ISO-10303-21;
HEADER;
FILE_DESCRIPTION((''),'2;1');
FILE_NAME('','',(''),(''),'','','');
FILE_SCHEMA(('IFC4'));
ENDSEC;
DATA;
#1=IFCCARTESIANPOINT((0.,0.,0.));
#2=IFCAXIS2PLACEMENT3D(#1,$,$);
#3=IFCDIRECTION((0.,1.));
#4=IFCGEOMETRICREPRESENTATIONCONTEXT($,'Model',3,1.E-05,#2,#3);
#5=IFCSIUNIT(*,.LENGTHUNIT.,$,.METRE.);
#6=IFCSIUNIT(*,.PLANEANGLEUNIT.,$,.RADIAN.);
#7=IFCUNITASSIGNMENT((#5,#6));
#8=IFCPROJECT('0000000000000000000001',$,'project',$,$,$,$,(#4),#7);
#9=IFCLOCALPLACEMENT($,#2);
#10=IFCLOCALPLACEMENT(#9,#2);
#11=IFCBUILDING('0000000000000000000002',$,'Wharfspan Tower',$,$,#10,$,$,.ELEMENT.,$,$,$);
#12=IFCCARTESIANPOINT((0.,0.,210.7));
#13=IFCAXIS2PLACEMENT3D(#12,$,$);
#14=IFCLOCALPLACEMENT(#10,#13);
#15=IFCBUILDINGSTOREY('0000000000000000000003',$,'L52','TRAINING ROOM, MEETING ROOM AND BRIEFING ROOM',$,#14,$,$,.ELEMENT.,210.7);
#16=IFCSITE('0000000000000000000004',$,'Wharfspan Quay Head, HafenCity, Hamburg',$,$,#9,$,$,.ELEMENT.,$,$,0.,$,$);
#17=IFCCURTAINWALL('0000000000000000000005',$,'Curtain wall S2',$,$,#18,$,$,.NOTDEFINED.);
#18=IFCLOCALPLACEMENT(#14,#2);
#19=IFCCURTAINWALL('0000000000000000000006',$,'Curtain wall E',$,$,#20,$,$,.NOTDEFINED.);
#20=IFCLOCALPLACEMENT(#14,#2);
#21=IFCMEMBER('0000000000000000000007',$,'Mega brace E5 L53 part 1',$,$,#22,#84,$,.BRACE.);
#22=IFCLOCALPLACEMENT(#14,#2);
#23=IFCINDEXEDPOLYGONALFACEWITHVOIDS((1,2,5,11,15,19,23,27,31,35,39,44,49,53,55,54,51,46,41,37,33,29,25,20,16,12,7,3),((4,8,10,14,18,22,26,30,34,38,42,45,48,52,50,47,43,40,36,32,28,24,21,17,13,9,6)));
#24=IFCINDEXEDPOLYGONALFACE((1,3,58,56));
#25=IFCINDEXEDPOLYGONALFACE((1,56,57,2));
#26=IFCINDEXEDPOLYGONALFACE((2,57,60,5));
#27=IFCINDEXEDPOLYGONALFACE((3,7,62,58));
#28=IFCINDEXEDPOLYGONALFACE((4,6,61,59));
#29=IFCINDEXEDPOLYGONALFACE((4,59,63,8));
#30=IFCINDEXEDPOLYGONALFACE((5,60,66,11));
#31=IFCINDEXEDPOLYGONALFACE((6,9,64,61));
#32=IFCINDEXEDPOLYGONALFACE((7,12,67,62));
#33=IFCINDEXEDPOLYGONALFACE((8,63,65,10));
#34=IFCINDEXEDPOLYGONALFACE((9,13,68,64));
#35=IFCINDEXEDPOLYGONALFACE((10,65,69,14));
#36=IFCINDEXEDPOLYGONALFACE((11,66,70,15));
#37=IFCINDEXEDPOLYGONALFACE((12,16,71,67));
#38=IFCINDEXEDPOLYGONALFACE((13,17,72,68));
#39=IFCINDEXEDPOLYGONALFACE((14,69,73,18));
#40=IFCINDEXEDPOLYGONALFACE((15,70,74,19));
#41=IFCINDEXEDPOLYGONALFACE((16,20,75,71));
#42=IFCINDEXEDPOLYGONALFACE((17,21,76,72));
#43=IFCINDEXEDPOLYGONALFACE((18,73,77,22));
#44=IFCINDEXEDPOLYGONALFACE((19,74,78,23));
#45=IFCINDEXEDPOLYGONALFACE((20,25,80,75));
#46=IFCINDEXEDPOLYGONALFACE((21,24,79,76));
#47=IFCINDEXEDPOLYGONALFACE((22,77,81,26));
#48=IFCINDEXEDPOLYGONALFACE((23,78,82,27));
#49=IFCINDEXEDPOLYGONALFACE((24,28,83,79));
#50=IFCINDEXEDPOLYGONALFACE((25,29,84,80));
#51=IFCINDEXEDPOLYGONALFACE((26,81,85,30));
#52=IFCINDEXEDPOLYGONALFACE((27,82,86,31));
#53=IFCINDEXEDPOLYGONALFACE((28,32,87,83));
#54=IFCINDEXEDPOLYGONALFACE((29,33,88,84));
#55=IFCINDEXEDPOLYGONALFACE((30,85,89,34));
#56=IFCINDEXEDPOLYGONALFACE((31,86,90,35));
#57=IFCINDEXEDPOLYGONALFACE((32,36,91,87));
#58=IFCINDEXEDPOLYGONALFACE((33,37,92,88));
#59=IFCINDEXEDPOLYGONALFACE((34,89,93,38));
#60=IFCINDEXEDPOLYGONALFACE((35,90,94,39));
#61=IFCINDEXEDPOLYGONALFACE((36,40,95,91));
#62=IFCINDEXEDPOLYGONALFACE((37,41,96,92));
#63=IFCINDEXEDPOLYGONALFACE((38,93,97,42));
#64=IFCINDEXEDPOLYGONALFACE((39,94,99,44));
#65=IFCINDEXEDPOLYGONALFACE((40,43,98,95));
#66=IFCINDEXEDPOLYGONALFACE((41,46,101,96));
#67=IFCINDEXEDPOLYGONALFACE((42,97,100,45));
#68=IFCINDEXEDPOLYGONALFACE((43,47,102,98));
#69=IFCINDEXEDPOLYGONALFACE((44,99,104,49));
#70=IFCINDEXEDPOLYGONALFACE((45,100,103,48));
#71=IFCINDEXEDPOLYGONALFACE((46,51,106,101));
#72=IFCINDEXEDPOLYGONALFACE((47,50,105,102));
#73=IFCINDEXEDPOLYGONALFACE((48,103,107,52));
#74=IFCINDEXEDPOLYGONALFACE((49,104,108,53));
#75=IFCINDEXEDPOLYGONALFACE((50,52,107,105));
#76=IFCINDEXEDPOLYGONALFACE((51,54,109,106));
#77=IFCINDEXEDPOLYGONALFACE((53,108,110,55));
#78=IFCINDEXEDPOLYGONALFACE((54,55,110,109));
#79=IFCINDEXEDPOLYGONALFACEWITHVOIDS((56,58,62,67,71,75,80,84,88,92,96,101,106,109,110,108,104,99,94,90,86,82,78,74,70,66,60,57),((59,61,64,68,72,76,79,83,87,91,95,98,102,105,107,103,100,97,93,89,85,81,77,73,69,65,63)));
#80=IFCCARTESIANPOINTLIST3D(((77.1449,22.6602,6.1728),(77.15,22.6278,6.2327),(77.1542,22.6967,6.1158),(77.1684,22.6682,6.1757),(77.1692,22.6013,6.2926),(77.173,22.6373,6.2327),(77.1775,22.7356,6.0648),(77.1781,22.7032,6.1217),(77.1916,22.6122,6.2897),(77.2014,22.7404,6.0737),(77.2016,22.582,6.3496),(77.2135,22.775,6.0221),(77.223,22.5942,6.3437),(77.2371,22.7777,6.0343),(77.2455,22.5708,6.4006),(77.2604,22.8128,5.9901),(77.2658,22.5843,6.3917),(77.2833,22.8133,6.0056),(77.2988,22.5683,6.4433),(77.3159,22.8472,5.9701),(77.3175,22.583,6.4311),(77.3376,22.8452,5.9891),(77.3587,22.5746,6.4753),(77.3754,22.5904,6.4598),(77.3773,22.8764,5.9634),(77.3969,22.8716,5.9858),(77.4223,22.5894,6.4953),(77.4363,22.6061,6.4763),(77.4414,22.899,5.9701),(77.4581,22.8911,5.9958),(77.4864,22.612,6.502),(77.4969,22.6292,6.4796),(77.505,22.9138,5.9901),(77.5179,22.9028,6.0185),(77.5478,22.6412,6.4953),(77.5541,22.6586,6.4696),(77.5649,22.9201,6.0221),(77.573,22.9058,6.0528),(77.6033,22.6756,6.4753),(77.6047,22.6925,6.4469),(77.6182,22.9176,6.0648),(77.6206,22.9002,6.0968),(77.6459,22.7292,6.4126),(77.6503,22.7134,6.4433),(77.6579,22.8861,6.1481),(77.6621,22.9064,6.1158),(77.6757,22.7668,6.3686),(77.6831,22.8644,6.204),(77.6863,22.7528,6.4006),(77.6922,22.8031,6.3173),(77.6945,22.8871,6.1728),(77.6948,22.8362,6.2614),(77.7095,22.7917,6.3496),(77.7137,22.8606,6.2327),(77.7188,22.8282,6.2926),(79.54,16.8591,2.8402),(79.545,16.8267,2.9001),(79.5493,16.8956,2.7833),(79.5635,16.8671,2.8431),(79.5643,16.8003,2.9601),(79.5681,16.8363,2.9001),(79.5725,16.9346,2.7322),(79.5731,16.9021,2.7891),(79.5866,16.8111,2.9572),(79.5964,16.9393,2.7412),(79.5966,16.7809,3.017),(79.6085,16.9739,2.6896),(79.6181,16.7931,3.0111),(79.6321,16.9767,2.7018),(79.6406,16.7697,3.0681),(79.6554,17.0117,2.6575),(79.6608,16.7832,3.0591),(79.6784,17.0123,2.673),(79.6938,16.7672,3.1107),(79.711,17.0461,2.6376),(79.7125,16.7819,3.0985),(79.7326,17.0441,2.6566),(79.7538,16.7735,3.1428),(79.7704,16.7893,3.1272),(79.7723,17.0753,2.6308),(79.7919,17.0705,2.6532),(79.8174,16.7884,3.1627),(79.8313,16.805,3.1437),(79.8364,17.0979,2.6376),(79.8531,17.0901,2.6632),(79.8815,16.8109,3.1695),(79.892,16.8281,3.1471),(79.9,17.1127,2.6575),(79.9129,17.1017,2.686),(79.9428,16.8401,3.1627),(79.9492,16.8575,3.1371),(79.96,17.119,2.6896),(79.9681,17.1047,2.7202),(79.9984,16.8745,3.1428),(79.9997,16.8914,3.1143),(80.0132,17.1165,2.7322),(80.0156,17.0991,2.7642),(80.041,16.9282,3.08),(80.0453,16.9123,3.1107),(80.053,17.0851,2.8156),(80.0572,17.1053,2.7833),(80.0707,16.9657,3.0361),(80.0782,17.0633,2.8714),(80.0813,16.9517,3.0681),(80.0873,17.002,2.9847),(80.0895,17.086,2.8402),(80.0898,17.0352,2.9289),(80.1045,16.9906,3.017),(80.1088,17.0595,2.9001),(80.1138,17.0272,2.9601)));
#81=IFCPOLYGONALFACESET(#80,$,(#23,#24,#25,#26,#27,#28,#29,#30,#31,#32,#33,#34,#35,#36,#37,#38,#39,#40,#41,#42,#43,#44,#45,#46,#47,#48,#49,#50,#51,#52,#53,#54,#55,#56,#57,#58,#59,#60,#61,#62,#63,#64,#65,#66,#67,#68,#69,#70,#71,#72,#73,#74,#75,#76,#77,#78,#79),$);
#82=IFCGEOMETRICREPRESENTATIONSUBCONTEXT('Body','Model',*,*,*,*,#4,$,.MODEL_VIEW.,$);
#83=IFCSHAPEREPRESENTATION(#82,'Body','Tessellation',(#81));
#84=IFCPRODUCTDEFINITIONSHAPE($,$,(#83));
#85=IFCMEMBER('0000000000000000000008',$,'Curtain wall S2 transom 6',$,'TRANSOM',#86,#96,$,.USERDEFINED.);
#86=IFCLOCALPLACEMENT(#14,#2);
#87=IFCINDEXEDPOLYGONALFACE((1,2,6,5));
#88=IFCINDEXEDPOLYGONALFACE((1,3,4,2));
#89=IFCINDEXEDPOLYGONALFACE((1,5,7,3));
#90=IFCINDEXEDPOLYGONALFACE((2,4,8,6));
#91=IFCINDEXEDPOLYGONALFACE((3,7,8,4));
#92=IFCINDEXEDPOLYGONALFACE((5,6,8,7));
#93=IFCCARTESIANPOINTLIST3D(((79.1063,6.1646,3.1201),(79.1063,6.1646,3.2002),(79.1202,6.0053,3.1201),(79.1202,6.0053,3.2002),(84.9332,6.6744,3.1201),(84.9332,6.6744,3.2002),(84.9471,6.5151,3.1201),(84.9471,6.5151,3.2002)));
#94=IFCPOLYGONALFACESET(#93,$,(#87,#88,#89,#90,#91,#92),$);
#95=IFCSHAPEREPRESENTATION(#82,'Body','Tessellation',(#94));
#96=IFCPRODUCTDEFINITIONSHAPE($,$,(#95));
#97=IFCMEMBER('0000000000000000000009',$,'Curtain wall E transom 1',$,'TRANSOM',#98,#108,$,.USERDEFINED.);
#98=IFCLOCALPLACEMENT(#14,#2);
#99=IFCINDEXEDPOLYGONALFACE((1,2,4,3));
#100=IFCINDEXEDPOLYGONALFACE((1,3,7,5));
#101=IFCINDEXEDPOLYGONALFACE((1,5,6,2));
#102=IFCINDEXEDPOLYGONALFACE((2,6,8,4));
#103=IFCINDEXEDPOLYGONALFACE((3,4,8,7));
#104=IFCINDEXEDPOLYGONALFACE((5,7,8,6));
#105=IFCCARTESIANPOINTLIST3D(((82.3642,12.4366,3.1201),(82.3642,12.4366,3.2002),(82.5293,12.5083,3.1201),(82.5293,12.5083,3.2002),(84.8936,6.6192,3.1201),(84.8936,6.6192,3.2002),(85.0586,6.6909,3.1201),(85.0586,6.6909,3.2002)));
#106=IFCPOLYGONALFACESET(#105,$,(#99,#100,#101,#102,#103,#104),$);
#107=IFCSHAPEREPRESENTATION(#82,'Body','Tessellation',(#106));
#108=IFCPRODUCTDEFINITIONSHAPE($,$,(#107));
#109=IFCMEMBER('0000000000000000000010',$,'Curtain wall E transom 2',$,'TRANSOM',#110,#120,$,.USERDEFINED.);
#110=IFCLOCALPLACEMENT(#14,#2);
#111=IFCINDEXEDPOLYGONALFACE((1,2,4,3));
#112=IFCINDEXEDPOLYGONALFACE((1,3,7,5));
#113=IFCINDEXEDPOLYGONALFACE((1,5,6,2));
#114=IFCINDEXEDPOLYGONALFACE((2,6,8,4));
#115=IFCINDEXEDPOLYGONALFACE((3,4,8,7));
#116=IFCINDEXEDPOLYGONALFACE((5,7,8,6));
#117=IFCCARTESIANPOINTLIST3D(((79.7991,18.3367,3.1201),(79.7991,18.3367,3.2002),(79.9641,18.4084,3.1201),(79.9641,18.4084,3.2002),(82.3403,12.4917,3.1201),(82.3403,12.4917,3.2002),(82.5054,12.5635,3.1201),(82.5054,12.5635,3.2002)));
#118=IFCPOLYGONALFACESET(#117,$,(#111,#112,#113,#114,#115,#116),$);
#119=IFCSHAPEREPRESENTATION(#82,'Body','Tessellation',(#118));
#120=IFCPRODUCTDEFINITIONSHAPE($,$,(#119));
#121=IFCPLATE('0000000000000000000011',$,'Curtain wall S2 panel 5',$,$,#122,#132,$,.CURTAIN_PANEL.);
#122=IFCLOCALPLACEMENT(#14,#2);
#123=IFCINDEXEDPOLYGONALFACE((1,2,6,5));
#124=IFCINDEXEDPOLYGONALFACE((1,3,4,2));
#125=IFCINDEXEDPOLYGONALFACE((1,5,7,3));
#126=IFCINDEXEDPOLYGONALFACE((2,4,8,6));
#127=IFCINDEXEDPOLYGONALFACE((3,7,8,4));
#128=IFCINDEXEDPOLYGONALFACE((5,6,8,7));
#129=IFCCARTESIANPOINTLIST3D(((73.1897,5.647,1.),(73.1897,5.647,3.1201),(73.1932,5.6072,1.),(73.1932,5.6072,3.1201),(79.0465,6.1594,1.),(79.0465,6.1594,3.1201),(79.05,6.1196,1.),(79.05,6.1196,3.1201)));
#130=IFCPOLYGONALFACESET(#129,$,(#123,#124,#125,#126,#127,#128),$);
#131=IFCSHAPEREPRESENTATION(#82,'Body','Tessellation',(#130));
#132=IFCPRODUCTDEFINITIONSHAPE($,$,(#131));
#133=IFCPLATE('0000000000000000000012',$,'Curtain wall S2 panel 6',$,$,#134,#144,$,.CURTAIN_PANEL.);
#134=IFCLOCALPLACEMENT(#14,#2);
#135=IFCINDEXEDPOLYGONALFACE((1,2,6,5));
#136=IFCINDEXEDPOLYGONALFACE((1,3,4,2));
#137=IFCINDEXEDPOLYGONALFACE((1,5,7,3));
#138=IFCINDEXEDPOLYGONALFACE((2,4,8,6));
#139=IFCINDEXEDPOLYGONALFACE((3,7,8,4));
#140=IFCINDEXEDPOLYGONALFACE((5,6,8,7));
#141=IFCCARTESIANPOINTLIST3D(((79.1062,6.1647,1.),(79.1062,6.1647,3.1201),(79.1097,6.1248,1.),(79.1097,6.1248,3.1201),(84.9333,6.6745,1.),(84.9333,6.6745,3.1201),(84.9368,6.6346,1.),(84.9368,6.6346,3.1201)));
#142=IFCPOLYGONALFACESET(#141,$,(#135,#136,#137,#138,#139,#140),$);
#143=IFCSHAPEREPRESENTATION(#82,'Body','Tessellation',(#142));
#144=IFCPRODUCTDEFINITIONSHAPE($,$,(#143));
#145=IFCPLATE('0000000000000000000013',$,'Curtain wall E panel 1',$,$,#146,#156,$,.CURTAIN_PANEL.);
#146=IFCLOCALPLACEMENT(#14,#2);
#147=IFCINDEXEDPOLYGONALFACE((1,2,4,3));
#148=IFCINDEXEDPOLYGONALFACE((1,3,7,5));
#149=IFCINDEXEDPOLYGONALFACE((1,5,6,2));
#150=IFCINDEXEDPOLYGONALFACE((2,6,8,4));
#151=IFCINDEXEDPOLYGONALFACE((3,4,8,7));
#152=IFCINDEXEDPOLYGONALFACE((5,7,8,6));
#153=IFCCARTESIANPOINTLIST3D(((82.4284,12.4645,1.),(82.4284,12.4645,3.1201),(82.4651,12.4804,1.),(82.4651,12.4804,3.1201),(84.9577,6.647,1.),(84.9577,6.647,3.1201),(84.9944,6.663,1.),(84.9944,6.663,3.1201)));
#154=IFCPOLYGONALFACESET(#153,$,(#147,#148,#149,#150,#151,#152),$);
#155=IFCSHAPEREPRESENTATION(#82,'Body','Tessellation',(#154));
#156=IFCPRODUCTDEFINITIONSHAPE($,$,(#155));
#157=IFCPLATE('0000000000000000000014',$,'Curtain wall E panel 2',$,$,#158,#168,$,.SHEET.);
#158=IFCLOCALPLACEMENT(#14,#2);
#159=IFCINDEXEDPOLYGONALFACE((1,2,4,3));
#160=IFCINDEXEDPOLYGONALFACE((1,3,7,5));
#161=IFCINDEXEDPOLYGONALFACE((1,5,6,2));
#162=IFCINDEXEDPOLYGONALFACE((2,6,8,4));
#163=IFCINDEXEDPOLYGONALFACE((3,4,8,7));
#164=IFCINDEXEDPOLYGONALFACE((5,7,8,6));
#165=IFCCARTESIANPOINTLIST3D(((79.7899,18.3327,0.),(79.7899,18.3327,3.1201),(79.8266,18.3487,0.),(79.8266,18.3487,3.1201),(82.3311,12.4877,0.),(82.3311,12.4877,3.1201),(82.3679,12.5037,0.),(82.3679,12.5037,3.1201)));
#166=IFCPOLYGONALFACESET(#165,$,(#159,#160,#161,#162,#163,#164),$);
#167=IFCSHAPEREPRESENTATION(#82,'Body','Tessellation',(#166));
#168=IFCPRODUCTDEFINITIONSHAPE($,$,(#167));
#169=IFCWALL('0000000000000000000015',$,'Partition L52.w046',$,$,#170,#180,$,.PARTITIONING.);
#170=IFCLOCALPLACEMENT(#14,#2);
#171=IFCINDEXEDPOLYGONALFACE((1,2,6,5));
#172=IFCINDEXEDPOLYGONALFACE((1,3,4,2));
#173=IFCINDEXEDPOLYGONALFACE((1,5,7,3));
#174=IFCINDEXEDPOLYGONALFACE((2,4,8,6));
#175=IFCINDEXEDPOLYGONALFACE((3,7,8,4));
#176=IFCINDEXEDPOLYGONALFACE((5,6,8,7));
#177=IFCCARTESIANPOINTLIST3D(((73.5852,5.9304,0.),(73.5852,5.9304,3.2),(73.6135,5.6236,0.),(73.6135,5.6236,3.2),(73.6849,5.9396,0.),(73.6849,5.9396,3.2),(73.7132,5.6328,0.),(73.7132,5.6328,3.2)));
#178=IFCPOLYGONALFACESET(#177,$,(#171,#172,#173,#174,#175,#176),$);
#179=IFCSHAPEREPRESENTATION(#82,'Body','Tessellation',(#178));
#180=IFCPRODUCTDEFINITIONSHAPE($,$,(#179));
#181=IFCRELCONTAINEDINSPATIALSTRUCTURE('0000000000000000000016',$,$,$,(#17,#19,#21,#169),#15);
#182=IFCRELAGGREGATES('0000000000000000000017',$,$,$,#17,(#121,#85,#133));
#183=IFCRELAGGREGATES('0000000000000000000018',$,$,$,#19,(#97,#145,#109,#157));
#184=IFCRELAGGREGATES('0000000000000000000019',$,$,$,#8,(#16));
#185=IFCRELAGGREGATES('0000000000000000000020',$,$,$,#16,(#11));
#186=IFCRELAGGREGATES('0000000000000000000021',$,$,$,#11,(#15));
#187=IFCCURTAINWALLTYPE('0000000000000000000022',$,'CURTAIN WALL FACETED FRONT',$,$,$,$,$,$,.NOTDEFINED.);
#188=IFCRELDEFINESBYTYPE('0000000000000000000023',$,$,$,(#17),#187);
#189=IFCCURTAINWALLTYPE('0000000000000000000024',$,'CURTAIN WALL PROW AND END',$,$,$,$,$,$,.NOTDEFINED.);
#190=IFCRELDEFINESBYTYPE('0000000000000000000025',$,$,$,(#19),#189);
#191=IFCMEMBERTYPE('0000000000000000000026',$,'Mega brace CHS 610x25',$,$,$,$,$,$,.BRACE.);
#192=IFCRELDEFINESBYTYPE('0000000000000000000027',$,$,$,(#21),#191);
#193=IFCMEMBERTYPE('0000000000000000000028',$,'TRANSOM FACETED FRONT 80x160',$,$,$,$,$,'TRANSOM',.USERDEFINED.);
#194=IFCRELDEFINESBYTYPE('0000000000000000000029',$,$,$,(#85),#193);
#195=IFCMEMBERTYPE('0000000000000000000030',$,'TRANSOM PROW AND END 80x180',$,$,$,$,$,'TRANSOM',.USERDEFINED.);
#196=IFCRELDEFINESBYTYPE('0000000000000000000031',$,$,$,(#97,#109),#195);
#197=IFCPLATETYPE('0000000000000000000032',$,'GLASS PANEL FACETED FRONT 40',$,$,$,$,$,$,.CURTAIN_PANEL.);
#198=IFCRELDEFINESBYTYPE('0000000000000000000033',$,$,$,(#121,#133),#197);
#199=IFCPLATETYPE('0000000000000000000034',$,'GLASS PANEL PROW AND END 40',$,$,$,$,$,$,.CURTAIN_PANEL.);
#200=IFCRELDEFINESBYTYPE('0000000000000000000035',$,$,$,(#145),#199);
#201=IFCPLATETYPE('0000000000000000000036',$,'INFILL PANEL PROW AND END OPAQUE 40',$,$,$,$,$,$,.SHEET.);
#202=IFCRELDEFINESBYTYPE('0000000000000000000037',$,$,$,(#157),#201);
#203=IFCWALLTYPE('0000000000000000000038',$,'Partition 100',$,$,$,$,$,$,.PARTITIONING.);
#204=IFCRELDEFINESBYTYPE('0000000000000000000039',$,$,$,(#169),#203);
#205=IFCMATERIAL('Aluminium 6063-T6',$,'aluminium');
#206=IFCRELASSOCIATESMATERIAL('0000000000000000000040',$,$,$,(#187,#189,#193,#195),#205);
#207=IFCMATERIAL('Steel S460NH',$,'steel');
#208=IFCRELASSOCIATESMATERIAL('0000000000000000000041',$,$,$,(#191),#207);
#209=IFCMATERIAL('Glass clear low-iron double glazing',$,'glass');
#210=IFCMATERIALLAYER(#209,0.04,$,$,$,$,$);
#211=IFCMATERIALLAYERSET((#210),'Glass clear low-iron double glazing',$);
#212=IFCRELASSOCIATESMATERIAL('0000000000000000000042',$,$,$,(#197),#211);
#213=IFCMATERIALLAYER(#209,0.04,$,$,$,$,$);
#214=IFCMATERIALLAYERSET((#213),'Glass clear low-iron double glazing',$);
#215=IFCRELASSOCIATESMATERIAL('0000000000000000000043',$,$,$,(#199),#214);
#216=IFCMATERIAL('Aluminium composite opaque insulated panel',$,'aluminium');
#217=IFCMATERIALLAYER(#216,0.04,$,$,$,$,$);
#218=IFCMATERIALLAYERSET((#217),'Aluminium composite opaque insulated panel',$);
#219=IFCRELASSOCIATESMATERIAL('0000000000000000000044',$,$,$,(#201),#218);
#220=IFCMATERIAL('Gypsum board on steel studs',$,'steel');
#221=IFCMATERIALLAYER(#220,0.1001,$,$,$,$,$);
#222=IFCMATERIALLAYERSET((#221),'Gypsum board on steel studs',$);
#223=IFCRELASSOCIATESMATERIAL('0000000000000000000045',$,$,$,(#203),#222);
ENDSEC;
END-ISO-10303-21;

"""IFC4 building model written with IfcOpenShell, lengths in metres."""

from ifc_helpers import new_model, si_unit, direction, frame, frame_2d, origin, origin_2d, place, context, subcontext, project, spatial, rectangle, hollow_circle, extrude, material, layer, layer_set, material_profile, profile_set, type_object, element, aggregate, save


model = new_model("IFC4")

# Units and contexts
model_context = context("Model", 3, precision=1e-05, world=origin(), true_north=direction((0.0, 1.0)))
body_context = subcontext(model_context, "Body", "Model", "MODEL_VIEW")
ifc_project = project(units=[si_unit("LENGTHUNIT", "METRE"), si_unit("PLANEANGLEUNIT", "RADIAN")], contexts=[model_context])

# Site, building, storey
site_placement = place(None, origin())
site = spatial("IfcSite", under=ifc_project, at=site_placement, Name="Wharfspan Quay Head, HafenCity, Hamburg", CompositionType="ELEMENT", RefElevation=0.0)
building_placement = place(site_placement, origin())
building = spatial("IfcBuilding", under=site, at=building_placement, Name="Wharfspan Tower", CompositionType="ELEMENT")
storey_placement = place(building_placement, frame((0.0, 0.0, 210.7)))
storey = spatial("IfcBuildingStorey", under=building, at=storey_placement, Name="L52", Description="TRAINING ROOM, MEETING ROOM AND BRIEFING ROOM", CompositionType="ELEMENT", Elevation=210.7)

# Curtain walls
ifc_material_1 = material(Name="Aluminium 6063-T6", Category="aluminium")
curtain_wall_type_1 = type_object("IfcCurtainWallType", Name="CURTAIN WALL FACETED FRONT", PredefinedType="NOTDEFINED", material=ifc_material_1)
curtain_wall_1_placement = place(storey_placement, origin())
curtain_wall_1 = element("IfcCurtainWall", 1, at=curtain_wall_1_placement, inside=storey, type_object=curtain_wall_type_1, Name="Curtain wall S2", PredefinedType="NOTDEFINED")
curtain_wall_type_2 = type_object("IfcCurtainWallType", Name="CURTAIN WALL PROW AND END", PredefinedType="NOTDEFINED", material=ifc_material_1)
curtain_wall_2_placement = place(storey_placement, origin())
curtain_wall_2 = element("IfcCurtainWall", 2, at=curtain_wall_2_placement, inside=storey, type_object=curtain_wall_type_2, Name="Curtain wall E", PredefinedType="NOTDEFINED")

# Members
ifc_material_2 = material(Name="Steel S460NH", Category="steel")
ifc_material_profile_1 = material_profile(ifc_material_2, hollow_circle(Radius=0.3049, WallThickness=0.0249, at=origin_2d()))
ifc_profile_set_1 = profile_set([ifc_material_profile_1], Name="Steel S460NH")
member_type_1 = type_object("IfcMemberType", Name="Mega brace CHS 610x25", PredefinedType="BRACE", material=ifc_profile_set_1)
member_1_placement = place(storey_placement, frame((79.8269, 16.9431, 2.9001), z_axis=(-0.337047, 0.816368, 0.46898), x_axis=(-0.924317, -0.381615, 0.0)))
element("IfcMember", 3, at=member_1_placement, inside=storey, type_object=member_type_1, Name="Mega brace E5 L53 part 1", PredefinedType="BRACE", context=body_context, shape_type="SweptSolid", body=[
    extrude(hollow_circle(Radius=0.3049, WallThickness=0.0249, at=origin_2d()), origin(), (0.0, 0.0, 1.0), 7.106),
])
ifc_material_profile_2 = material_profile(ifc_material_1, rectangle(XDim=0.1599, YDim=0.0801, at=origin_2d()))
ifc_profile_set_2 = profile_set([ifc_material_profile_2], Name="Aluminium 6063-T6")
member_type_2 = type_object("IfcMemberType", Name="TRANSOM FACETED FRONT 80x160", ElementType="TRANSOM", PredefinedType="USERDEFINED", material=ifc_profile_set_2)
member_2_placement = place(storey_placement, frame((79.1133, 6.085, 3.1602), z_axis=(0.996195, 0.087152, 0.0), x_axis=(-0.087152, 0.996195, 0.0)))
member_2 = element("IfcMember", 4, at=member_2_placement, type_object=member_type_2, Name="Curtain wall S2 transom 6", ObjectType="TRANSOM", PredefinedType="USERDEFINED", context=body_context, shape_type="SweptSolid", body=[
    extrude(rectangle(XDim=0.1599, YDim=0.0801, at=origin_2d()), origin(), (0.0, 0.0, 1.0), 5.8491),
])
ifc_material_profile_3 = material_profile(ifc_material_1, rectangle(XDim=0.1799, YDim=0.0801, at=origin_2d()))
ifc_profile_set_3 = profile_set([ifc_material_profile_3], Name="Aluminium 6063-T6")
member_type_3 = type_object("IfcMemberType", Name="TRANSOM PROW AND END 80x180", ElementType="TRANSOM", PredefinedType="USERDEFINED", material=ifc_profile_set_3)
member_3_placement = place(storey_placement, frame((84.9761, 6.655, 3.1602), z_axis=(-0.398726, 0.91707, 0.0), x_axis=(-0.91707, -0.398726, 0.0)))
member_3 = element("IfcMember", 5, at=member_3_placement, type_object=member_type_3, Name="Curtain wall E transom 1", ObjectType="TRANSOM", PredefinedType="USERDEFINED", context=body_context, shape_type="SweptSolid", body=[
    extrude(rectangle(XDim=0.1799, YDim=0.0801, at=origin_2d()), origin(), (0.0, 0.0, 1.0), 6.3435),
])
member_4_placement = place(storey_placement, frame((82.4229, 12.5276, 3.1602), z_axis=(-0.398722, 0.917072, 0.0), x_axis=(-0.917072, -0.398722, 0.0)))
member_4 = element("IfcMember", 6, at=member_4_placement, type_object=member_type_3, Name="Curtain wall E transom 2", ObjectType="TRANSOM", PredefinedType="USERDEFINED", context=body_context, shape_type="SweptSolid", body=[
    extrude(rectangle(XDim=0.1799, YDim=0.0801, at=origin_2d()), origin(), (0.0, 0.0, 1.0), 6.3735),
])

# Plates
ifc_material_3 = material(Name="Glass clear low-iron double glazing", Category="glass")
ifc_layer_1 = layer(ifc_material_3, 0.04)
ifc_layer_set_1 = layer_set([ifc_layer_1], Name="Glass clear low-iron double glazing")
plate_type_1 = type_object("IfcPlateType", Name="GLASS PANEL FACETED FRONT 40", PredefinedType="CURTAIN_PANEL", material=ifc_layer_set_1)
plate_1_placement = place(storey_placement, frame((76.1199, 5.8833, 1.0), z_axis=(0.0, 0.0, 1.0), x_axis=(0.996197, 0.087156, 0.0)))
plate_1 = element("IfcPlate", 7, at=plate_1_placement, type_object=plate_type_1, Name="Curtain wall S2 panel 5", PredefinedType="CURTAIN_PANEL", context=body_context, shape_type="SweptSolid", body=[
    extrude(rectangle(XDim=5.8792, YDim=0.04, at=origin_2d()), origin(), (0.0, 0.0, 1.0), 2.1201),
])
plate_2_placement = place(storey_placement, frame((82.0215, 6.3997, 1.0), z_axis=(0.0, 0.0, 1.0), x_axis=(0.996197, 0.087156, 0.0)))
plate_2 = element("IfcPlate", 8, at=plate_2_placement, type_object=plate_type_1, Name="Curtain wall S2 panel 6", PredefinedType="CURTAIN_PANEL", context=body_context, shape_type="SweptSolid", body=[
    extrude(rectangle(XDim=5.8494, YDim=0.04, at=origin_2d()), origin(), (0.0, 0.0, 1.0), 2.1201),
])
aggregate(curtain_wall_1, [plate_1, member_2, plate_2])
ifc_layer_2 = layer(ifc_material_3, 0.04)
ifc_layer_set_2 = layer_set([ifc_layer_2], Name="Glass clear low-iron double glazing")
plate_type_2 = type_object("IfcPlateType", Name="GLASS PANEL PROW AND END 40", PredefinedType="CURTAIN_PANEL", material=ifc_layer_set_2)
plate_3_placement = place(storey_placement, frame((83.7114, 9.5637, 1.0), z_axis=(0.0, 0.0, 1.0), x_axis=(-0.398727, 0.917072, 0.0)))
plate_3 = element("IfcPlate", 9, at=plate_3_placement, type_object=plate_type_2, Name="Curtain wall E panel 1", PredefinedType="CURTAIN_PANEL", context=body_context, shape_type="SweptSolid", body=[
    extrude(rectangle(XDim=6.3435, YDim=0.04, at=origin_2d()), origin(), (0.0, 0.0, 1.0), 2.1201),
])
ifc_material_4 = material(Name="Aluminium composite opaque insulated panel", Category="aluminium")
ifc_layer_3 = layer(ifc_material_4, 0.04)
ifc_layer_set_3 = layer_set([ifc_layer_3], Name="Aluminium composite opaque insulated panel")
plate_type_3 = type_object("IfcPlateType", Name="INFILL PANEL PROW AND END OPAQUE 40", PredefinedType="SHEET", material=ifc_layer_set_3)
plate_4_placement = place(storey_placement, frame((81.0789, 15.4182, 0.0), z_axis=(0.0, 0.0, 1.0), x_axis=(-0.398727, 0.917072, 0.0)))
plate_4 = element("IfcPlate", 10, at=plate_4_placement, type_object=plate_type_3, Name="Curtain wall E panel 2", PredefinedType="SHEET", context=body_context, shape_type="SweptSolid", body=[
    extrude(rectangle(XDim=6.3735, YDim=0.04, at=origin_2d()), origin(), (0.0, 0.0, 1.0), 3.1201),
])
aggregate(curtain_wall_2, [member_3, plate_3, member_4, plate_4])

# Wall
ifc_material_5 = material(Name="Gypsum board on steel studs", Category="steel")
ifc_layer_4 = layer(ifc_material_5, 0.1001)
ifc_layer_set_4 = layer_set([ifc_layer_4], Name="Gypsum board on steel studs")
wall_type_1 = type_object("IfcWallType", Name="Partition 100", PredefinedType="PARTITIONING", material=ifc_layer_set_4)
wall_1_placement = place(storey_placement, frame((73.6633, 5.6282, 0.0), z_axis=(0.0, 0.0, 1.0), x_axis=(-0.091893, 0.995772, 0.0)))
element("IfcWall", 11, at=wall_1_placement, inside=storey, type_object=wall_type_1, Name="Partition L52.w046", PredefinedType="PARTITIONING", context=body_context, shape_type="SweptSolid", body=[
    extrude(rectangle(XDim=0.3081, YDim=0.1001, at=frame_2d((0.1541, 0.0))), origin(), (0.0, 0.0, 1.0), 3.2),
])

save(model, "model.ifc")
